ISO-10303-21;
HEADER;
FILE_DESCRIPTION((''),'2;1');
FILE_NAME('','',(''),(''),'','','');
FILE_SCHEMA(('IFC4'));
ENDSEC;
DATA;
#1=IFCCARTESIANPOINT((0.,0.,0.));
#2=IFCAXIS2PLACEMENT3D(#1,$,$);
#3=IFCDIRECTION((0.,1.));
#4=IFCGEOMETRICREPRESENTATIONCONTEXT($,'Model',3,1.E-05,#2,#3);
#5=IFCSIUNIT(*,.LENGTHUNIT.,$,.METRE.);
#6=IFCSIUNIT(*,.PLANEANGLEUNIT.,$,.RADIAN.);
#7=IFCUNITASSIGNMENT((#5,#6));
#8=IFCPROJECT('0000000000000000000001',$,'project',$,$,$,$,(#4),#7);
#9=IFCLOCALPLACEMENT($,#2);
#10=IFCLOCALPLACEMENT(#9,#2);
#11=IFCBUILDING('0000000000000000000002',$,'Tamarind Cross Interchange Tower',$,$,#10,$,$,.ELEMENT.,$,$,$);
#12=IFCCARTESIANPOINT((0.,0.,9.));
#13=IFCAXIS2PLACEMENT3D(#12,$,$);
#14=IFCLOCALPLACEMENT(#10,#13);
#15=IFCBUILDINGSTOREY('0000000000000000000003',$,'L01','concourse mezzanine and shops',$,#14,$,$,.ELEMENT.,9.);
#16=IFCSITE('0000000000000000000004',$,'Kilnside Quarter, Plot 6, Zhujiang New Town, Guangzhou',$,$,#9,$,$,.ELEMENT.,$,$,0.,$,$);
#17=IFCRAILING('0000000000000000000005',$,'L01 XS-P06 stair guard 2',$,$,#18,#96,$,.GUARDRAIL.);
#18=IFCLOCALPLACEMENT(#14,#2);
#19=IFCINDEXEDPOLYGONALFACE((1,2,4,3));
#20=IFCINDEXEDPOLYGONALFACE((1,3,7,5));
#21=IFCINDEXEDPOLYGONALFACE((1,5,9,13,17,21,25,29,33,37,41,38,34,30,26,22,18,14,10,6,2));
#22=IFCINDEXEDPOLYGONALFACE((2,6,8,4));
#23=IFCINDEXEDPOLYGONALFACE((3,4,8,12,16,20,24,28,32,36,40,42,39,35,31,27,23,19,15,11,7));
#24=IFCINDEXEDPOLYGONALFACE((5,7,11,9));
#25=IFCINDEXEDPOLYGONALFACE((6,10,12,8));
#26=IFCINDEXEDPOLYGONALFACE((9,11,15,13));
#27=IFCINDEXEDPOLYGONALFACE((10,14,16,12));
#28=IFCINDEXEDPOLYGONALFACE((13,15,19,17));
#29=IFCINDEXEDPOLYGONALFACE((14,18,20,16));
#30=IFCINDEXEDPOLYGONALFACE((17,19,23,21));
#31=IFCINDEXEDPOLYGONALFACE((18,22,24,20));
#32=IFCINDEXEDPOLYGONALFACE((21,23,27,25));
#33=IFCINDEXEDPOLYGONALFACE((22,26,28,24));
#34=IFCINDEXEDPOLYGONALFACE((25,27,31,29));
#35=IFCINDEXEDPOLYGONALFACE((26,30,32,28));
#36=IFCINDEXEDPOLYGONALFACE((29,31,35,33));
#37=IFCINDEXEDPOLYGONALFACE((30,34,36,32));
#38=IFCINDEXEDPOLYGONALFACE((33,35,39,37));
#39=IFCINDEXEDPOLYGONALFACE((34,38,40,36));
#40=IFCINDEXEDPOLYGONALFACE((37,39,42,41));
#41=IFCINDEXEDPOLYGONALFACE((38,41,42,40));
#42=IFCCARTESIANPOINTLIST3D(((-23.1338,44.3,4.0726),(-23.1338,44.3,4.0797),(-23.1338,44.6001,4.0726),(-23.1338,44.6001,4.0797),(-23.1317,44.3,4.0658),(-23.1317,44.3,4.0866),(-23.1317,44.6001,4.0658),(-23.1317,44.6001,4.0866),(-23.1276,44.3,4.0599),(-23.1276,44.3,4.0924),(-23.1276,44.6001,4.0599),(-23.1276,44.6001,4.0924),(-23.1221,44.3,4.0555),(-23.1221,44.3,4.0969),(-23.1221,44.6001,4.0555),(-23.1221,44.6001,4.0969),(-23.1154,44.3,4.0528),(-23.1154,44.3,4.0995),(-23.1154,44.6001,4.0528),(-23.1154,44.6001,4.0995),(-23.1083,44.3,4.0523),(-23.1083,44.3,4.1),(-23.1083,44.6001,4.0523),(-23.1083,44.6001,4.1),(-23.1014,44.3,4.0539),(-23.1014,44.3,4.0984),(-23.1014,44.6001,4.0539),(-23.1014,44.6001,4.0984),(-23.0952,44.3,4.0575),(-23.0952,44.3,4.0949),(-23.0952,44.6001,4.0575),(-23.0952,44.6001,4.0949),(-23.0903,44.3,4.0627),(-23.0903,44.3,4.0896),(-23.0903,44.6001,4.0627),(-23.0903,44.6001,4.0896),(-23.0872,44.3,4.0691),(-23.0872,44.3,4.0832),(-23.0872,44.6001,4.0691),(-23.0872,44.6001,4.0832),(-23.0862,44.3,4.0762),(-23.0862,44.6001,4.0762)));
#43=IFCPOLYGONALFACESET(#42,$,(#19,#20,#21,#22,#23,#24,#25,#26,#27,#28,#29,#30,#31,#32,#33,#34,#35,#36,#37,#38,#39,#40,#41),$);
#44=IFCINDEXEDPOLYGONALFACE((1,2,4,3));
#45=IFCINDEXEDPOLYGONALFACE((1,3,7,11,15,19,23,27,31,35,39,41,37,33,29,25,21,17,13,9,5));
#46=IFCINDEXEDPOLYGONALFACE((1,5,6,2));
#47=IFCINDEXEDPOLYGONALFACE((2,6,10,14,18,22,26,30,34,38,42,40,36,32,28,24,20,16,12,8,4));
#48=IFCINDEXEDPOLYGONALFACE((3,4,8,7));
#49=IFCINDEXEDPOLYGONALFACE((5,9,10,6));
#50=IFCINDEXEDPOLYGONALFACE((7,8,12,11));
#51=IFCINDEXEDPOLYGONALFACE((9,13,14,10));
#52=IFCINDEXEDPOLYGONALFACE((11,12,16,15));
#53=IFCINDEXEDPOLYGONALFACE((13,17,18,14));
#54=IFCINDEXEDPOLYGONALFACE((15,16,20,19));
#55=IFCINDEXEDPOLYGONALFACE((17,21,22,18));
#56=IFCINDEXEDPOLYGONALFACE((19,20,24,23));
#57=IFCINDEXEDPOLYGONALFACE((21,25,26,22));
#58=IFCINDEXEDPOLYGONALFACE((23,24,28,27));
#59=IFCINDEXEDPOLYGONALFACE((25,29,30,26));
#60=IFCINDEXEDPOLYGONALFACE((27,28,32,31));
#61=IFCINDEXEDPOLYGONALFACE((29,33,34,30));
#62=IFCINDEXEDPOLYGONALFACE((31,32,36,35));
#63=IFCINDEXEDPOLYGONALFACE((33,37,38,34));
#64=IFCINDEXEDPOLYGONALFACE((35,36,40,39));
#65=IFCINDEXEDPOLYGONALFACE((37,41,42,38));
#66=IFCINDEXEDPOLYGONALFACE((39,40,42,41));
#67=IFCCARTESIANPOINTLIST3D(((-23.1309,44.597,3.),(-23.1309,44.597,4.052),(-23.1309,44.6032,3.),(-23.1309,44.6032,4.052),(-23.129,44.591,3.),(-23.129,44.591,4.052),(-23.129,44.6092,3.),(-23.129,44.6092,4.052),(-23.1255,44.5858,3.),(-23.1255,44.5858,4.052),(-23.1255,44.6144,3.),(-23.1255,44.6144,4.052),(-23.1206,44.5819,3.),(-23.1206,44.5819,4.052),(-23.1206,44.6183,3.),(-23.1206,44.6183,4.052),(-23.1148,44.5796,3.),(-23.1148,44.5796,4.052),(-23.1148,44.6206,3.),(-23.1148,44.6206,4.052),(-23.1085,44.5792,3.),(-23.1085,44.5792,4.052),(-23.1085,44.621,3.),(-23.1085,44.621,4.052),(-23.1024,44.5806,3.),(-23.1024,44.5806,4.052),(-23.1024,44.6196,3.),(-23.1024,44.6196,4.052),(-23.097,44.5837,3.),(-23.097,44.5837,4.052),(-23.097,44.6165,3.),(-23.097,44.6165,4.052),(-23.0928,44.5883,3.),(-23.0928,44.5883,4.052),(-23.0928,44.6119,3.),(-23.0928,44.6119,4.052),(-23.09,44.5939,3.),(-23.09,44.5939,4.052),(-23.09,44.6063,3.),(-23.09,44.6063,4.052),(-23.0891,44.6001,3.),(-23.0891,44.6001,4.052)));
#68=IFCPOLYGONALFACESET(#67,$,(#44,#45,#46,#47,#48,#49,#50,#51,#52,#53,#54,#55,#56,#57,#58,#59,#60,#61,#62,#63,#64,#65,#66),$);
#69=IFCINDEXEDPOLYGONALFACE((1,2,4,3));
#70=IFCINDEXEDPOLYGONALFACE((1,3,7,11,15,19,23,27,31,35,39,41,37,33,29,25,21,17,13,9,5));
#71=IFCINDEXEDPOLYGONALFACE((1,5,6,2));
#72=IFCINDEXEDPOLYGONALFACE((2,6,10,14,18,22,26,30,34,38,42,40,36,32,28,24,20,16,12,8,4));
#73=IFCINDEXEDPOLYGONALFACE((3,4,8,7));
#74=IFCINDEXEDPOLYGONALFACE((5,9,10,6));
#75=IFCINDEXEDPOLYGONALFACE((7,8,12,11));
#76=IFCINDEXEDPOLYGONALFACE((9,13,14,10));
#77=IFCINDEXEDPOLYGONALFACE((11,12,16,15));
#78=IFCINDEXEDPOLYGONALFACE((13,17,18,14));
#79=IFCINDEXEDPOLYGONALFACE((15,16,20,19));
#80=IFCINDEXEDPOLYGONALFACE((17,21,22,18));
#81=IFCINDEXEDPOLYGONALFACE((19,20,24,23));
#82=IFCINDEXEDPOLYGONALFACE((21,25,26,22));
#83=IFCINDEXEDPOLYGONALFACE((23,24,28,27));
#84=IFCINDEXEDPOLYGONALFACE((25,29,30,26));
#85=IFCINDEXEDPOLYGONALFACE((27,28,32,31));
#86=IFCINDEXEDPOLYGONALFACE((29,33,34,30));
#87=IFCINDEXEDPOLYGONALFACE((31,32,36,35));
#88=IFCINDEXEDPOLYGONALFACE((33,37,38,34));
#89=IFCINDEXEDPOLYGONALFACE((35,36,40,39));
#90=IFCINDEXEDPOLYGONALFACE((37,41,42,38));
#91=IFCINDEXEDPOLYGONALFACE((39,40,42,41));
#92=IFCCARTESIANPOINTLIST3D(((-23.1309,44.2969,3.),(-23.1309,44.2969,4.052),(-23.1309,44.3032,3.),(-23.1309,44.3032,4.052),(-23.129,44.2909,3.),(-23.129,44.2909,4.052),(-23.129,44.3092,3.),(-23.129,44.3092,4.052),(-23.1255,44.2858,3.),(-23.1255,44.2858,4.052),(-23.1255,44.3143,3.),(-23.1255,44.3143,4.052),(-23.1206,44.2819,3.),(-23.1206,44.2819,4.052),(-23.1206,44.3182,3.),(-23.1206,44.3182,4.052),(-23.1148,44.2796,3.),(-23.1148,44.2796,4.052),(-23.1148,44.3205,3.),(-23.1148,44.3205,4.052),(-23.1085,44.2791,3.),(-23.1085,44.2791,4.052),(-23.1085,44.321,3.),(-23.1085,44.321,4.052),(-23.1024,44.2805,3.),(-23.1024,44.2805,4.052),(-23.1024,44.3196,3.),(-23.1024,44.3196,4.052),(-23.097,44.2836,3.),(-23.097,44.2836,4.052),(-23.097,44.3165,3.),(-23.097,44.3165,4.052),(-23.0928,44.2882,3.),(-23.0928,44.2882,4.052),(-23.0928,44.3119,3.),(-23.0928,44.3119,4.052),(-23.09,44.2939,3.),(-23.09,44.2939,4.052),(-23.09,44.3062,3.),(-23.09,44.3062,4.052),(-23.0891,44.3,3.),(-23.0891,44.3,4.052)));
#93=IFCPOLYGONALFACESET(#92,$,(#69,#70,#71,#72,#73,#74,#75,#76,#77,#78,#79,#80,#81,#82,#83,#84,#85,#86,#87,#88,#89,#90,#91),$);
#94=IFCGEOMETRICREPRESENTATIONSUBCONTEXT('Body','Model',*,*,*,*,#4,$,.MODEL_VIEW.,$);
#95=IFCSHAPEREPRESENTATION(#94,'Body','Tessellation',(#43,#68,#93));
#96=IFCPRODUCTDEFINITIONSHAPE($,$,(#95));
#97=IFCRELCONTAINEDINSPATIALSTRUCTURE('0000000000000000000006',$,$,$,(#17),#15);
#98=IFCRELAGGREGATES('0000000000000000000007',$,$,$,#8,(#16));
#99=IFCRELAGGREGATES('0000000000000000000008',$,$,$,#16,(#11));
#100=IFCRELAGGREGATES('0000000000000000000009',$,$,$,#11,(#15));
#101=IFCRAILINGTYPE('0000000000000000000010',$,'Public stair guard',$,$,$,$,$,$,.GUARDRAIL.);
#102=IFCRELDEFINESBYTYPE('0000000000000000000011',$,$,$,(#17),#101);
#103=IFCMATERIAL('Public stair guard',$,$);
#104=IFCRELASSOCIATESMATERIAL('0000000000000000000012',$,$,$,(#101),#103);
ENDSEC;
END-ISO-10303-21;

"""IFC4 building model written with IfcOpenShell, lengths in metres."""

from ifc_helpers import new_model, si_unit, direction, frame, origin, origin_2d, place, context, subcontext, project, spatial, circle, extrude, material, type_object, element, save


model = new_model("IFC4")

# Units and contexts
model_context = context("Model", 3, precision=1e-05, world=origin(), true_north=direction((0.0, 1.0)))
body_context = subcontext(model_context, "Body", "Model", "MODEL_VIEW")
ifc_project = project(units=[si_unit("LENGTHUNIT", "METRE"), si_unit("PLANEANGLEUNIT", "RADIAN")], contexts=[model_context])

# Site, building, storey
site_placement = place(None, origin())
site = spatial("IfcSite", under=ifc_project, at=site_placement, Name="Kilnside Quarter, Plot 6, Zhujiang New Town, Guangzhou", CompositionType="ELEMENT", RefElevation=0.0)
building_placement = place(site_placement, origin())
building = spatial("IfcBuilding", under=site, at=building_placement, Name="Tamarind Cross Interchange Tower", CompositionType="ELEMENT")
storey_placement = place(building_placement, frame((0.0, 0.0, 9.0)))
storey = spatial("IfcBuildingStorey", under=building, at=storey_placement, Name="L01", Description="concourse mezzanine and shops", CompositionType="ELEMENT", Elevation=9.0)

# Railing
ifc_material_1 = material(Name="Public stair guard")
railing_type_1 = type_object("IfcRailingType", Name="Public stair guard", PredefinedType="GUARDRAIL", material=ifc_material_1)
railing_1_placement = place(storey_placement, frame((-23.1101, 44.6001, 3.0)))
element("IfcRailing", 1, at=railing_1_placement, inside=storey, type_object=railing_type_1, Name="L01 XS-P06 stair guard 2", PredefinedType="GUARDRAIL", context=body_context, shape_type="SweptSolid", body=[
    extrude(circle(Radius=0.0239, at=origin_2d()), frame((0.0, 0.0, 1.0762), z_axis=(0.0, -1.0, 0.0), x_axis=(1.0, 0.0, 0.0)), (0.0, 0.0, 1.0), 0.3),
    extrude(circle(Radius=0.021, at=origin_2d()), origin(), (0.0, 0.0, 1.0), 1.052),
    extrude(circle(Radius=0.021, at=origin_2d()), frame((0.0, -0.3, 0.0)), (0.0, 0.0, 1.0), 1.052),
])

save(model, "model.ifc")
